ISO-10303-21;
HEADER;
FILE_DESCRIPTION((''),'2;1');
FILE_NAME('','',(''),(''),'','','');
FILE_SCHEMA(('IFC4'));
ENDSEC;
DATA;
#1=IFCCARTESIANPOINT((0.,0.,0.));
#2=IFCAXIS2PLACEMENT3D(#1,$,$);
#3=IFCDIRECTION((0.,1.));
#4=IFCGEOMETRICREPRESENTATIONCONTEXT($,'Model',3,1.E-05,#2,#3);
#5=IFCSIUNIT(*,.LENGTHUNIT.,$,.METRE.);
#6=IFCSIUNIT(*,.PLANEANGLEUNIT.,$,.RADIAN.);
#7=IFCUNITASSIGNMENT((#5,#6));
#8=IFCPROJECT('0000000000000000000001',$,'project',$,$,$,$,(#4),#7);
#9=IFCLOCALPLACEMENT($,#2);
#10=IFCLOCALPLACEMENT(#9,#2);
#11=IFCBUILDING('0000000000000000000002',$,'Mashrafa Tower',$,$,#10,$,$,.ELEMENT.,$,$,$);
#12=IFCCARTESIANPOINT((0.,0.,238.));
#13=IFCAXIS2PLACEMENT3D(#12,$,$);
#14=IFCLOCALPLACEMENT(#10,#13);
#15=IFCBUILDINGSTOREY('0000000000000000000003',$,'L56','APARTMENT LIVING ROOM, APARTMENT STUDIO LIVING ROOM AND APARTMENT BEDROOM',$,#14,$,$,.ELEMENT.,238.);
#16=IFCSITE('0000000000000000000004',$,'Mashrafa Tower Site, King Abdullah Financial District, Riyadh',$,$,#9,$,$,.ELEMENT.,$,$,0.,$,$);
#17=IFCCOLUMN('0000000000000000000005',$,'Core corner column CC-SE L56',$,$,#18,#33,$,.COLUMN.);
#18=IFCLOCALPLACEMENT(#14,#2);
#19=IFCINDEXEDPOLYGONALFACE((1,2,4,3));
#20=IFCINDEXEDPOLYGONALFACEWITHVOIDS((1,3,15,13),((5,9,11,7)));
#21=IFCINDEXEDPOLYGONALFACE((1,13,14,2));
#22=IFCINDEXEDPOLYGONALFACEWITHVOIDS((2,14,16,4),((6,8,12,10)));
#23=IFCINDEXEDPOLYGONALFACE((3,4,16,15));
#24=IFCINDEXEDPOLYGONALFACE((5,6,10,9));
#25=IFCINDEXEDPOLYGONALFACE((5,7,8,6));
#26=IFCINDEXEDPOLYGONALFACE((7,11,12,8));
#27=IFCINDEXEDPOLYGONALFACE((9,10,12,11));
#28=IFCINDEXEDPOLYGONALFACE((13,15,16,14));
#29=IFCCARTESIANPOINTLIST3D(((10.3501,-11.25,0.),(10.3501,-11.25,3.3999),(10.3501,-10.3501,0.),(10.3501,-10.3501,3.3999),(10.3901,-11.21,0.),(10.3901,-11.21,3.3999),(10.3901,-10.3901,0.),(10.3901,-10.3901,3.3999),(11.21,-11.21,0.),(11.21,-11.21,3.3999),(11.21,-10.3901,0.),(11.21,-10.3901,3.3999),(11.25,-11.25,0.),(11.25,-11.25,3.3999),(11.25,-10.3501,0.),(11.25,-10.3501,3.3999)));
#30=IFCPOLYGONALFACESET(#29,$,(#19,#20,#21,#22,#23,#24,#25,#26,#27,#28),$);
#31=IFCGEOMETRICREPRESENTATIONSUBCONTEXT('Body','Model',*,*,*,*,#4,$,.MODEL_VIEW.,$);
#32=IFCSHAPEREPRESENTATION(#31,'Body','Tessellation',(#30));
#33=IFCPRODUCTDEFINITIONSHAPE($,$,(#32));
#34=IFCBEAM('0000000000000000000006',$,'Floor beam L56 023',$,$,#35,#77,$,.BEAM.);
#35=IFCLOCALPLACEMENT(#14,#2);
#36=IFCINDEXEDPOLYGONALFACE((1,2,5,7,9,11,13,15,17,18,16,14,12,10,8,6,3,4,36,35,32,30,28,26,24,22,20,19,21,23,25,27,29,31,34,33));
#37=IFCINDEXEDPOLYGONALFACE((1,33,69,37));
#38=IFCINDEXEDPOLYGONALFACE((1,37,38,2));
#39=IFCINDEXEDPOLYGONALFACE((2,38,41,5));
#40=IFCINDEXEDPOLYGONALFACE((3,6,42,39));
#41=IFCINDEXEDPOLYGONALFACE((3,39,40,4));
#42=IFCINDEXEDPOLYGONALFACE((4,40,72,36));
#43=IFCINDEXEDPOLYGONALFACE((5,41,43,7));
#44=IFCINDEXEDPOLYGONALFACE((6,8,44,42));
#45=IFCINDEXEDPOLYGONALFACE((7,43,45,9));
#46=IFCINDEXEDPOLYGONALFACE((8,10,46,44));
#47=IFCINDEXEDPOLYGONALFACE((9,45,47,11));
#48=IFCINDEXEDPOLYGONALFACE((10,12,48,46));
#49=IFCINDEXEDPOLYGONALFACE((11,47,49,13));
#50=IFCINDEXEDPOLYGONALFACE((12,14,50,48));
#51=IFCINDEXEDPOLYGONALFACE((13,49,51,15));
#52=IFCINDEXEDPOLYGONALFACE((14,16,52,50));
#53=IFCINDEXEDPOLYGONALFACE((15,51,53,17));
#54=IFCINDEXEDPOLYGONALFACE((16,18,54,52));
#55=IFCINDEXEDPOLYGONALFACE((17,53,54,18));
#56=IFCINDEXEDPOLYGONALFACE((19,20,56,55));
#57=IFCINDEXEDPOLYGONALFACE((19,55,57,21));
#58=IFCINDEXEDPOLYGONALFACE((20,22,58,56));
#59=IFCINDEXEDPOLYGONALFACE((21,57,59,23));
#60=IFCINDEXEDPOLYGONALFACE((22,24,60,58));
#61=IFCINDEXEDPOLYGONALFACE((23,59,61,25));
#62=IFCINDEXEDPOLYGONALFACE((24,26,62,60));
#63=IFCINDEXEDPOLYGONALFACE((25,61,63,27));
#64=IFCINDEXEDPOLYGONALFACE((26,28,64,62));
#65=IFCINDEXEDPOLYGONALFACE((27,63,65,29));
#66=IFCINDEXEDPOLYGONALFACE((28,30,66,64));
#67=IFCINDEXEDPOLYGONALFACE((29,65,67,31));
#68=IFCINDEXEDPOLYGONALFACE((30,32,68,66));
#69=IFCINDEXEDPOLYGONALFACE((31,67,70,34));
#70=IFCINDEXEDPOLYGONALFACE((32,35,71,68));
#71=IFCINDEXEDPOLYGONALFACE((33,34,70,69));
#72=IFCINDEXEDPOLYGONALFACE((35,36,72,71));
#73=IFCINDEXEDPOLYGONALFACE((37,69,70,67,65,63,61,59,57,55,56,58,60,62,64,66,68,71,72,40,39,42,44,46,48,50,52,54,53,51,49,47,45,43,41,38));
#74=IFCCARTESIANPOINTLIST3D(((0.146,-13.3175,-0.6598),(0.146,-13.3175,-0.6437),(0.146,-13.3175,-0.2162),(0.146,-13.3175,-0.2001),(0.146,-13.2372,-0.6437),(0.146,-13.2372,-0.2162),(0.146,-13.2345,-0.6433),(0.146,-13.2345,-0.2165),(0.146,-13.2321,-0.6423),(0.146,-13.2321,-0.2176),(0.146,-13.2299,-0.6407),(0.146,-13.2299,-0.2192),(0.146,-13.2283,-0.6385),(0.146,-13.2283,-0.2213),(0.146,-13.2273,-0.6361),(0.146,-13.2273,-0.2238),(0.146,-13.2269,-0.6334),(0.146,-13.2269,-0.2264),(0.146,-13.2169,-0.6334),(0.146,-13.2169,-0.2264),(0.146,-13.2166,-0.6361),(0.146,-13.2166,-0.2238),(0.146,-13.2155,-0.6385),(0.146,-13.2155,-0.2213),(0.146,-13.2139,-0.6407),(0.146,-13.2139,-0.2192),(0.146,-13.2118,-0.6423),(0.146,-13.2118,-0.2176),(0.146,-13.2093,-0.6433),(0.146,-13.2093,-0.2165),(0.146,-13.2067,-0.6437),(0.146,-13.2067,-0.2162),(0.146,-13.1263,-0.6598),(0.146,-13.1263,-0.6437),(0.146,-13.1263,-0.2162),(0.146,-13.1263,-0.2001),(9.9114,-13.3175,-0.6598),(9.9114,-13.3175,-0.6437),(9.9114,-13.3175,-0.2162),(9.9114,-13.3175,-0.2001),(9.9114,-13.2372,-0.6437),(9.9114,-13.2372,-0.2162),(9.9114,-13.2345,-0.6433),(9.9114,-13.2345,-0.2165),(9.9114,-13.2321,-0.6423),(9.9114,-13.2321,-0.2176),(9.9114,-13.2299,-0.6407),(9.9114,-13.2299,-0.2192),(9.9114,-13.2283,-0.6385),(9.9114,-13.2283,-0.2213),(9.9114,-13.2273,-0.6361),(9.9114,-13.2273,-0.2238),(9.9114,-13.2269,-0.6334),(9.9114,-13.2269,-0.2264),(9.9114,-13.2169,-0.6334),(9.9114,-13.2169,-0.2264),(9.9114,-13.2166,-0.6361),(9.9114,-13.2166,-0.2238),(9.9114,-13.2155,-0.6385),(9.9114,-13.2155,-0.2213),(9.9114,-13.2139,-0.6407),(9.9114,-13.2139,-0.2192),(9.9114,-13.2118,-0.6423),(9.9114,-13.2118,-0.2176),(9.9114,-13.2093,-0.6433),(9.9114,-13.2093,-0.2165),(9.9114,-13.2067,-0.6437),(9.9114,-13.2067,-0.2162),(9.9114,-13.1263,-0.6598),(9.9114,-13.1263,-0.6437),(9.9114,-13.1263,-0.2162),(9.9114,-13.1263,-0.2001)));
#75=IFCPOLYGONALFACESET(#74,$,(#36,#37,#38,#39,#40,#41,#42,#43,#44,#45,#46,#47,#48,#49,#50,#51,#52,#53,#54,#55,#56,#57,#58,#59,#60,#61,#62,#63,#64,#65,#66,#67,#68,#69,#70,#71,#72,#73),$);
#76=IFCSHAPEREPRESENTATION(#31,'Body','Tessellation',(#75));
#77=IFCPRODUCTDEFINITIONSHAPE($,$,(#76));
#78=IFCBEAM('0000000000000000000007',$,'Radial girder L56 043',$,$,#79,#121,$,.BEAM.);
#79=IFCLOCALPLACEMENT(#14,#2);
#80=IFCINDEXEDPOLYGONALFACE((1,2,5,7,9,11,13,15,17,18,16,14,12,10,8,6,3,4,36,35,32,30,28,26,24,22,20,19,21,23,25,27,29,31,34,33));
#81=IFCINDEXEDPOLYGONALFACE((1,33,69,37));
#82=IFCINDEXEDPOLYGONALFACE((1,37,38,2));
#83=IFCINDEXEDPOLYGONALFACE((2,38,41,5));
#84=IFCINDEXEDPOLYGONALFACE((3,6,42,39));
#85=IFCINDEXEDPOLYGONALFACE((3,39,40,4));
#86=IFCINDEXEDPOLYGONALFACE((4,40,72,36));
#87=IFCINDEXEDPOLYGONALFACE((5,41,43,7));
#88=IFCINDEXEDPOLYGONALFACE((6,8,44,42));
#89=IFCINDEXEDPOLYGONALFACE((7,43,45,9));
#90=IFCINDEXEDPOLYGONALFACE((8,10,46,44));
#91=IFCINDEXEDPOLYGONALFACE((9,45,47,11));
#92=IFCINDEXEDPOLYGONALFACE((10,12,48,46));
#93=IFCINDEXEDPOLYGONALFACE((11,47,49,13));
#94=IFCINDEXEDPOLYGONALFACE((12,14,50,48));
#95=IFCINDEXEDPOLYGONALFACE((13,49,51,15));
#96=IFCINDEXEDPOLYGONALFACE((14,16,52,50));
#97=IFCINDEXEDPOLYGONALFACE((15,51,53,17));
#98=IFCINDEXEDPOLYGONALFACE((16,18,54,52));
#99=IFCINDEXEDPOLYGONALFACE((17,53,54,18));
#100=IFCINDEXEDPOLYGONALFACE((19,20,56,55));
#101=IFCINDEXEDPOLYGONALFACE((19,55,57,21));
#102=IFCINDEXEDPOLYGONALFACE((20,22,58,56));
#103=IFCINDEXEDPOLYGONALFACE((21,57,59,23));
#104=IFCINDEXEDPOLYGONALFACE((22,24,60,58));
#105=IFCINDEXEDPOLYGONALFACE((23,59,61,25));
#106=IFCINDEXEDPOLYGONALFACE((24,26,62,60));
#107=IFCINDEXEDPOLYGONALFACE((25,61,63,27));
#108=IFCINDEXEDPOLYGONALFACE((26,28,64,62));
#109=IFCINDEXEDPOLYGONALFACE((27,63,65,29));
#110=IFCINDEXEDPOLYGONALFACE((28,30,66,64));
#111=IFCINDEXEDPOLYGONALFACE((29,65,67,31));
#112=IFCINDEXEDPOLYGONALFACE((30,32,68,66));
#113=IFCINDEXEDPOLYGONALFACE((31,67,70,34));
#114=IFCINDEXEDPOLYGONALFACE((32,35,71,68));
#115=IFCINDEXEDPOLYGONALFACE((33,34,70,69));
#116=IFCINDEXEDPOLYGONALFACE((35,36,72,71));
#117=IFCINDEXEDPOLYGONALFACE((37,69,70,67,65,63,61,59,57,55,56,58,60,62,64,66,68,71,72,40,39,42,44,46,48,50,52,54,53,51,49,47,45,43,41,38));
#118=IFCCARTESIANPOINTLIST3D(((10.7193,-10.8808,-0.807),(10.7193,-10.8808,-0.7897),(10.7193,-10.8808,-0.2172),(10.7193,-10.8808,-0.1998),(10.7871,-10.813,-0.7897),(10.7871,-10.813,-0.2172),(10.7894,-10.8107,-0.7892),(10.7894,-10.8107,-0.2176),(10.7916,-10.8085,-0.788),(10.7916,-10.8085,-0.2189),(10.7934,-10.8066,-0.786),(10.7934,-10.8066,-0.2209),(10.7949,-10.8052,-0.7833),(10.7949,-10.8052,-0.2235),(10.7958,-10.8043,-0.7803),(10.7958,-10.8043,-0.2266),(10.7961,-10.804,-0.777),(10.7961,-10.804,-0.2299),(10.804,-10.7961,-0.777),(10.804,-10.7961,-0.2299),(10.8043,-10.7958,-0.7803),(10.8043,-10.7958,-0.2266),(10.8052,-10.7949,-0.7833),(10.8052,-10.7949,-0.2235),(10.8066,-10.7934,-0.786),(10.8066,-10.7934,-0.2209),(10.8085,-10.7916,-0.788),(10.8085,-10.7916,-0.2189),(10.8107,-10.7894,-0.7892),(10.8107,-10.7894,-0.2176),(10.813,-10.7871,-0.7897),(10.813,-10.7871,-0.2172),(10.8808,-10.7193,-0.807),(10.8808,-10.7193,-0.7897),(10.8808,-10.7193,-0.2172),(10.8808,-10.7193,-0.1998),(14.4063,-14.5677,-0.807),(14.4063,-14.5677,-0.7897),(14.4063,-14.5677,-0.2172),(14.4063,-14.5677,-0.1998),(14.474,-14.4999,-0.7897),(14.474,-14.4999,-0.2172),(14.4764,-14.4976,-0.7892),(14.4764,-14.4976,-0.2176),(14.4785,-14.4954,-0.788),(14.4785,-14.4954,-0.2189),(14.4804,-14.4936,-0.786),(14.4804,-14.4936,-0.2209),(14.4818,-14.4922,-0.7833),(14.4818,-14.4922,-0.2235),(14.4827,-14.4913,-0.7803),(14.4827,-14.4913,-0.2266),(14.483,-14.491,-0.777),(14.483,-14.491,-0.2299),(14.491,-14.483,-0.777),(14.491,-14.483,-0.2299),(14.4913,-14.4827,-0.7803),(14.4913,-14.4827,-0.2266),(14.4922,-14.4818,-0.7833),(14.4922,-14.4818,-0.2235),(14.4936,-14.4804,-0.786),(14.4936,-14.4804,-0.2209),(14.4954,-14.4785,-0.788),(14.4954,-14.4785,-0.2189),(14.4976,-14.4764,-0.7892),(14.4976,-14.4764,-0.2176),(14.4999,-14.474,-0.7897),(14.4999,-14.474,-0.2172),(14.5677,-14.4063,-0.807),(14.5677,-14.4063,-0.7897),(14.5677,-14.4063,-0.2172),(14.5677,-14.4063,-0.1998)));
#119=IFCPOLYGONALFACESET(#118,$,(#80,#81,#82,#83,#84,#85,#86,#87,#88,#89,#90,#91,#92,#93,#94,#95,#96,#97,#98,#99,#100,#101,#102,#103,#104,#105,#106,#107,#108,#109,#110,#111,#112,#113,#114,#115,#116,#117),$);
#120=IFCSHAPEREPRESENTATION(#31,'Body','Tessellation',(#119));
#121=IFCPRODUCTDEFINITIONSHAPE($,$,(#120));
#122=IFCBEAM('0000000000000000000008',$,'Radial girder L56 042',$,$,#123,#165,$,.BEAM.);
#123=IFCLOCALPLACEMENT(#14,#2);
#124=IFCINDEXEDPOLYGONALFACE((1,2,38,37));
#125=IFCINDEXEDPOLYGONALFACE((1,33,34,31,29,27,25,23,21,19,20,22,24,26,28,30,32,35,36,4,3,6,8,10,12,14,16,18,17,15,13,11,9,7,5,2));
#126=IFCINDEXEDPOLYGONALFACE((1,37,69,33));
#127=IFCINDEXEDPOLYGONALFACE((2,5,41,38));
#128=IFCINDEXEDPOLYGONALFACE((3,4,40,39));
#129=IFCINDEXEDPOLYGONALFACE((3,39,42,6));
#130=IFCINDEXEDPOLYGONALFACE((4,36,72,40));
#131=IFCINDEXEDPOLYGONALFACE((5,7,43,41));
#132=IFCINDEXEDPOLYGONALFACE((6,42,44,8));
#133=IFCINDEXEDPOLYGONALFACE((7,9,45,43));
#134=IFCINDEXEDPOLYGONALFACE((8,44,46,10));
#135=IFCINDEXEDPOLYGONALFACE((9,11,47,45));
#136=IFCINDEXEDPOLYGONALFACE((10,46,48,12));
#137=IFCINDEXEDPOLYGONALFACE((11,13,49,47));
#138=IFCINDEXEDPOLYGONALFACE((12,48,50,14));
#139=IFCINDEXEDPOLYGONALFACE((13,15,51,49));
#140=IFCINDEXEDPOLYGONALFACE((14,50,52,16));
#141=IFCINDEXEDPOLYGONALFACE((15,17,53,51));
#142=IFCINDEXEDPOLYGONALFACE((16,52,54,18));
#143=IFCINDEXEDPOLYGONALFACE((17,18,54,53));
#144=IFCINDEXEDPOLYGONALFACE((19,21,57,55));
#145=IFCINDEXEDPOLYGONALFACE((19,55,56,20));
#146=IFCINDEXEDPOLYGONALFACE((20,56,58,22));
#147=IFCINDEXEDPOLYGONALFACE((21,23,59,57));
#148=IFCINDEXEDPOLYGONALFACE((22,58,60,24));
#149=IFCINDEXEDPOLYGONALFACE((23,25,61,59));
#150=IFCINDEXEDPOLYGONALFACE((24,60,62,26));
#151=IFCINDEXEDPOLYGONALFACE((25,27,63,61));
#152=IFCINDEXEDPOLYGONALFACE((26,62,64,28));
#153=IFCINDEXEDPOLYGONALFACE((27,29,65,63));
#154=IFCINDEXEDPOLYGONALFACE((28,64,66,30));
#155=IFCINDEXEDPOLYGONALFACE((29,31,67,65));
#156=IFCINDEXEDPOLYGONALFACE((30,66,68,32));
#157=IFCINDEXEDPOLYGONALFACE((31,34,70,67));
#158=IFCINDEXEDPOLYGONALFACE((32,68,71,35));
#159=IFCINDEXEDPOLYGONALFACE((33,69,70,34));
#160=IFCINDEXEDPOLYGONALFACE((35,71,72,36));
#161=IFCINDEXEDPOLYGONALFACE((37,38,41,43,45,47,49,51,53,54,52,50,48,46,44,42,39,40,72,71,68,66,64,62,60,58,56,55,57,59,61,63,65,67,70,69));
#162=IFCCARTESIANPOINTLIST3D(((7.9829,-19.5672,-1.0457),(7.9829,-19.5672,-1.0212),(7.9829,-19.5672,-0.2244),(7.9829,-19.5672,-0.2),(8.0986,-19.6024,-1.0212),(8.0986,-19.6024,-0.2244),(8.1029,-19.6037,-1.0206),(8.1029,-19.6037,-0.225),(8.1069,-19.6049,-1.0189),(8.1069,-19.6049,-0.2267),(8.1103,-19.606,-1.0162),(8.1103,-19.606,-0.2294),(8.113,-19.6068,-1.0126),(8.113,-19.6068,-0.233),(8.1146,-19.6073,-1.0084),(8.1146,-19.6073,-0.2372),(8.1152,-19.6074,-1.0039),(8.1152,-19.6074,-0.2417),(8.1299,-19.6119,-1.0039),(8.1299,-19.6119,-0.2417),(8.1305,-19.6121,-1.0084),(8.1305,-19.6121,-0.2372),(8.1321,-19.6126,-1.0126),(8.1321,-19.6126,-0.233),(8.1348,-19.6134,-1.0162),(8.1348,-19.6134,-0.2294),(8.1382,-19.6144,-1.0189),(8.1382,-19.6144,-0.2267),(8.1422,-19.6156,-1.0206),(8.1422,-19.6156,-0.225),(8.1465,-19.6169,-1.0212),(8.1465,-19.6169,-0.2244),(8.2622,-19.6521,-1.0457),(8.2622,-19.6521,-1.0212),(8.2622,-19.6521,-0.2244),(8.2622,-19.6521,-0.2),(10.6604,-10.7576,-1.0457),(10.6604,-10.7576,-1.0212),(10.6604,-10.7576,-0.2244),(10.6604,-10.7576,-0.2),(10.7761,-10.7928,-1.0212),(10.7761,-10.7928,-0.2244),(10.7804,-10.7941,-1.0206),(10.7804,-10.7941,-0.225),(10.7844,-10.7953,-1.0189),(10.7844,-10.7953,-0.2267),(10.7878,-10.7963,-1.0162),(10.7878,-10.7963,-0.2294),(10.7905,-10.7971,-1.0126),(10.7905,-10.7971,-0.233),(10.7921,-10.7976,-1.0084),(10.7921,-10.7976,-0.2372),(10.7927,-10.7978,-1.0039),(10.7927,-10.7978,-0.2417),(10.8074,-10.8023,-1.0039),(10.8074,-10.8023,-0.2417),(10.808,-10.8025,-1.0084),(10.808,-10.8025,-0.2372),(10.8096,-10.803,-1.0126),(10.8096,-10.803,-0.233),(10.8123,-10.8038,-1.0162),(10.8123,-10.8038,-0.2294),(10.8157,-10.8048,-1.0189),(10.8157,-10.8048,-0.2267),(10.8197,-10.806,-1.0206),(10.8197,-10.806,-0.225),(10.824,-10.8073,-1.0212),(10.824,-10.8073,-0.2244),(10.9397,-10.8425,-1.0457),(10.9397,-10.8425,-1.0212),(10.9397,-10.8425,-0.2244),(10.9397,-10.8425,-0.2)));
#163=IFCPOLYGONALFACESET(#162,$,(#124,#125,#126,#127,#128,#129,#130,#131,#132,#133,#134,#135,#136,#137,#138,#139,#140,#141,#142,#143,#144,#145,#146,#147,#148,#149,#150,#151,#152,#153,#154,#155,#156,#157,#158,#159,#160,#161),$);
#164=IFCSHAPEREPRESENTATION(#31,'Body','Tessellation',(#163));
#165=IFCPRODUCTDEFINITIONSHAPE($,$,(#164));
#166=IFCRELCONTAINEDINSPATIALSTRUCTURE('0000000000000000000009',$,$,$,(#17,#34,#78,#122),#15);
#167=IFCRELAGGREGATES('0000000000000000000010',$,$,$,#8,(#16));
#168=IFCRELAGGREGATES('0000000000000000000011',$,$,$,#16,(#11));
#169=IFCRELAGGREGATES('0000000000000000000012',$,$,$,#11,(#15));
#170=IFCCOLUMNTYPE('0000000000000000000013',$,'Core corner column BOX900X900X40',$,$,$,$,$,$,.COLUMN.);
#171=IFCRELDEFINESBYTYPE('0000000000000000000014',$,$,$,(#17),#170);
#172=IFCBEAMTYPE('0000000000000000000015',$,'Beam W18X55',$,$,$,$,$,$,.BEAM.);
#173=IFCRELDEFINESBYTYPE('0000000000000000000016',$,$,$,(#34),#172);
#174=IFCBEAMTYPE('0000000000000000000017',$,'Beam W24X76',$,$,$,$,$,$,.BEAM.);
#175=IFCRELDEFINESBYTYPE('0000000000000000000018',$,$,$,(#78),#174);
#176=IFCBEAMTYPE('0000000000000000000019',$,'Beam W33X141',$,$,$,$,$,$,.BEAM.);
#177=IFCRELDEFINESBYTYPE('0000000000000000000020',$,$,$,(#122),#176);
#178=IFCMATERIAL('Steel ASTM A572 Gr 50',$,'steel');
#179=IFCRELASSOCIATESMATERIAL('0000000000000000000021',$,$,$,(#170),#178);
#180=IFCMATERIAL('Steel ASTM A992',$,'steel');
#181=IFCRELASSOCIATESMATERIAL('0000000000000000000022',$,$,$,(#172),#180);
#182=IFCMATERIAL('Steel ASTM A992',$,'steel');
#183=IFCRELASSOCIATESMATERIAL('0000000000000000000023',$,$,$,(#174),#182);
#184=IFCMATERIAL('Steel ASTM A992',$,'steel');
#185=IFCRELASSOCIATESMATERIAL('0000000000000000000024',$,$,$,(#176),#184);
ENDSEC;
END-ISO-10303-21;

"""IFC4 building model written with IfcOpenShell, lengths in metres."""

from ifc_helpers import new_model, si_unit, direction, frame, origin, origin_2d, place, context, subcontext, project, spatial, hollow_rectangle, i_section, extrude, material, material_profile, profile_set, type_object, element, save


model = new_model("IFC4")

# Units and contexts
model_context = context("Model", 3, precision=1e-05, world=origin(), true_north=direction((0.0, 1.0)))
body_context = subcontext(model_context, "Body", "Model", "MODEL_VIEW")
ifc_project = project(units=[si_unit("LENGTHUNIT", "METRE"), si_unit("PLANEANGLEUNIT", "RADIAN")], contexts=[model_context])

# Site, building, storey
site_placement = place(None, origin())
site = spatial("IfcSite", under=ifc_project, at=site_placement, Name="Mashrafa Tower Site, King Abdullah Financial District, Riyadh", CompositionType="ELEMENT", RefElevation=0.0)
building_placement = place(site_placement, origin())
building = spatial("IfcBuilding", under=site, at=building_placement, Name="Mashrafa Tower", CompositionType="ELEMENT")
storey_placement = place(building_placement, frame((0.0, 0.0, 238.0)))
storey = spatial("IfcBuildingStorey", under=building, at=storey_placement, Name="L56", Description="APARTMENT LIVING ROOM, APARTMENT STUDIO LIVING ROOM AND APARTMENT BEDROOM", CompositionType="ELEMENT", Elevation=238.0)

# Column
ifc_material_1 = material(Name="Steel ASTM A572 Gr 50", Category="steel")
ifc_material_profile_1 = material_profile(ifc_material_1, hollow_rectangle(XDim=0.8999, YDim=0.8999, WallThickness=0.04, at=origin_2d()), Name="BOX900X900X40")
ifc_profile_set_1 = profile_set([ifc_material_profile_1], Name="Steel ASTM A572 Gr 50")
column_type = type_object("IfcColumnType", Name="Core corner column BOX900X900X40", PredefinedType="COLUMN", material=ifc_profile_set_1)
column_placement = place(storey_placement, frame((10.8, -10.8, 0.0), z_axis=(0.0, 0.0, 1.0), x_axis=(1.0, 0.0, 0.0)))
element("IfcColumn", 1, at=column_placement, inside=storey, type_object=column_type, Name="Core corner column CC-SE L56", PredefinedType="COLUMN", context=body_context, shape_type="SweptSolid", body=[
    extrude(hollow_rectangle(XDim=0.8999, YDim=0.8999, WallThickness=0.04, at=origin_2d()), origin(), (0.0, 0.0, 1.0), 3.3999),
])

# Beams
ifc_material_2 = material(Name="Steel ASTM A992", Category="steel")
ifc_material_profile_2 = material_profile(ifc_material_2, i_section(OverallWidth=0.1912, OverallDepth=0.4597, WebThickness=0.01, FlangeThickness=0.0161, FilletRadius=0.0103, at=origin_2d()), Name="W18X55")
ifc_profile_set_2 = profile_set([ifc_material_profile_2], Name="Steel ASTM A992")
beam_type_1 = type_object("IfcBeamType", Name="Beam W18X55", PredefinedType="BEAM", material=ifc_profile_set_2)
beam_1_placement = place(storey_placement, frame((9.9114, -13.2219, -0.4299), z_axis=(-1.0, 0.0, 0.0), x_axis=(0.0, -1.0, 0.0)))
element("IfcBeam", 2, at=beam_1_placement, inside=storey, type_object=beam_type_1, Name="Floor beam L56 023", PredefinedType="BEAM", context=body_context, shape_type="SweptSolid", body=[
    extrude(i_section(OverallWidth=0.1912, OverallDepth=0.4597, WebThickness=0.01, FlangeThickness=0.0161, FilletRadius=0.0103, at=origin_2d()), origin(), (0.0, 0.0, 1.0), 9.7654),
])
ifc_material_3 = material(Name="Steel ASTM A992", Category="steel")
ifc_material_profile_3 = material_profile(ifc_material_3, i_section(OverallWidth=0.2283, OverallDepth=0.6072, WebThickness=0.0112, FlangeThickness=0.0173, FilletRadius=0.0127, at=origin_2d()), Name="W24X76")
ifc_profile_set_3 = profile_set([ifc_material_profile_3], Name="Steel ASTM A992")
beam_type_2 = type_object("IfcBeamType", Name="Beam W24X76", PredefinedType="BEAM", material=ifc_profile_set_3)
beam_2_placement = place(storey_placement, frame((10.8, -10.8, -0.5034), z_axis=(0.707107, -0.707107, 0.0), x_axis=(0.707107, 0.707107, 0.0)))
element("IfcBeam", 3, at=beam_2_placement, inside=storey, type_object=beam_type_2, Name="Radial girder L56 043", PredefinedType="BEAM", context=body_context, shape_type="SweptSolid", body=[
    extrude(i_section(OverallWidth=0.2283, OverallDepth=0.6072, WebThickness=0.0112, FlangeThickness=0.0173, FilletRadius=0.0127, at=origin_2d()), origin(), (0.0, 0.0, 1.0), 5.2141),
])
ifc_material_4 = material(Name="Steel ASTM A992", Category="steel")
ifc_material_profile_4 = material_profile(ifc_material_4, i_section(OverallWidth=0.292, OverallDepth=0.8457, WebThickness=0.0154, FlangeThickness=0.0244, FilletRadius=0.0173, at=origin_2d()), Name="W33X141")
ifc_profile_set_4 = profile_set([ifc_material_profile_4], Name="Steel ASTM A992")
beam_type_3 = type_object("IfcBeamType", Name="Beam W33X141", PredefinedType="BEAM", material=ifc_profile_set_4)
beam_3_placement = place(storey_placement, frame((10.8, -10.8, -0.6228), z_axis=(-0.290795, -0.956785, 0.0), x_axis=(0.956785, -0.290795, 0.0)))
element("IfcBeam", 4, at=beam_3_placement, inside=storey, type_object=beam_type_3, Name="Radial girder L56 042", PredefinedType="BEAM", context=body_context, shape_type="SweptSolid", body=[
    extrude(i_section(OverallWidth=0.292, OverallDepth=0.8457, WebThickness=0.0154, FlangeThickness=0.0244, FilletRadius=0.0173, at=origin_2d()), origin(), (0.0, 0.0, 1.0), 9.2075),
])

save(model, "model.ifc")
